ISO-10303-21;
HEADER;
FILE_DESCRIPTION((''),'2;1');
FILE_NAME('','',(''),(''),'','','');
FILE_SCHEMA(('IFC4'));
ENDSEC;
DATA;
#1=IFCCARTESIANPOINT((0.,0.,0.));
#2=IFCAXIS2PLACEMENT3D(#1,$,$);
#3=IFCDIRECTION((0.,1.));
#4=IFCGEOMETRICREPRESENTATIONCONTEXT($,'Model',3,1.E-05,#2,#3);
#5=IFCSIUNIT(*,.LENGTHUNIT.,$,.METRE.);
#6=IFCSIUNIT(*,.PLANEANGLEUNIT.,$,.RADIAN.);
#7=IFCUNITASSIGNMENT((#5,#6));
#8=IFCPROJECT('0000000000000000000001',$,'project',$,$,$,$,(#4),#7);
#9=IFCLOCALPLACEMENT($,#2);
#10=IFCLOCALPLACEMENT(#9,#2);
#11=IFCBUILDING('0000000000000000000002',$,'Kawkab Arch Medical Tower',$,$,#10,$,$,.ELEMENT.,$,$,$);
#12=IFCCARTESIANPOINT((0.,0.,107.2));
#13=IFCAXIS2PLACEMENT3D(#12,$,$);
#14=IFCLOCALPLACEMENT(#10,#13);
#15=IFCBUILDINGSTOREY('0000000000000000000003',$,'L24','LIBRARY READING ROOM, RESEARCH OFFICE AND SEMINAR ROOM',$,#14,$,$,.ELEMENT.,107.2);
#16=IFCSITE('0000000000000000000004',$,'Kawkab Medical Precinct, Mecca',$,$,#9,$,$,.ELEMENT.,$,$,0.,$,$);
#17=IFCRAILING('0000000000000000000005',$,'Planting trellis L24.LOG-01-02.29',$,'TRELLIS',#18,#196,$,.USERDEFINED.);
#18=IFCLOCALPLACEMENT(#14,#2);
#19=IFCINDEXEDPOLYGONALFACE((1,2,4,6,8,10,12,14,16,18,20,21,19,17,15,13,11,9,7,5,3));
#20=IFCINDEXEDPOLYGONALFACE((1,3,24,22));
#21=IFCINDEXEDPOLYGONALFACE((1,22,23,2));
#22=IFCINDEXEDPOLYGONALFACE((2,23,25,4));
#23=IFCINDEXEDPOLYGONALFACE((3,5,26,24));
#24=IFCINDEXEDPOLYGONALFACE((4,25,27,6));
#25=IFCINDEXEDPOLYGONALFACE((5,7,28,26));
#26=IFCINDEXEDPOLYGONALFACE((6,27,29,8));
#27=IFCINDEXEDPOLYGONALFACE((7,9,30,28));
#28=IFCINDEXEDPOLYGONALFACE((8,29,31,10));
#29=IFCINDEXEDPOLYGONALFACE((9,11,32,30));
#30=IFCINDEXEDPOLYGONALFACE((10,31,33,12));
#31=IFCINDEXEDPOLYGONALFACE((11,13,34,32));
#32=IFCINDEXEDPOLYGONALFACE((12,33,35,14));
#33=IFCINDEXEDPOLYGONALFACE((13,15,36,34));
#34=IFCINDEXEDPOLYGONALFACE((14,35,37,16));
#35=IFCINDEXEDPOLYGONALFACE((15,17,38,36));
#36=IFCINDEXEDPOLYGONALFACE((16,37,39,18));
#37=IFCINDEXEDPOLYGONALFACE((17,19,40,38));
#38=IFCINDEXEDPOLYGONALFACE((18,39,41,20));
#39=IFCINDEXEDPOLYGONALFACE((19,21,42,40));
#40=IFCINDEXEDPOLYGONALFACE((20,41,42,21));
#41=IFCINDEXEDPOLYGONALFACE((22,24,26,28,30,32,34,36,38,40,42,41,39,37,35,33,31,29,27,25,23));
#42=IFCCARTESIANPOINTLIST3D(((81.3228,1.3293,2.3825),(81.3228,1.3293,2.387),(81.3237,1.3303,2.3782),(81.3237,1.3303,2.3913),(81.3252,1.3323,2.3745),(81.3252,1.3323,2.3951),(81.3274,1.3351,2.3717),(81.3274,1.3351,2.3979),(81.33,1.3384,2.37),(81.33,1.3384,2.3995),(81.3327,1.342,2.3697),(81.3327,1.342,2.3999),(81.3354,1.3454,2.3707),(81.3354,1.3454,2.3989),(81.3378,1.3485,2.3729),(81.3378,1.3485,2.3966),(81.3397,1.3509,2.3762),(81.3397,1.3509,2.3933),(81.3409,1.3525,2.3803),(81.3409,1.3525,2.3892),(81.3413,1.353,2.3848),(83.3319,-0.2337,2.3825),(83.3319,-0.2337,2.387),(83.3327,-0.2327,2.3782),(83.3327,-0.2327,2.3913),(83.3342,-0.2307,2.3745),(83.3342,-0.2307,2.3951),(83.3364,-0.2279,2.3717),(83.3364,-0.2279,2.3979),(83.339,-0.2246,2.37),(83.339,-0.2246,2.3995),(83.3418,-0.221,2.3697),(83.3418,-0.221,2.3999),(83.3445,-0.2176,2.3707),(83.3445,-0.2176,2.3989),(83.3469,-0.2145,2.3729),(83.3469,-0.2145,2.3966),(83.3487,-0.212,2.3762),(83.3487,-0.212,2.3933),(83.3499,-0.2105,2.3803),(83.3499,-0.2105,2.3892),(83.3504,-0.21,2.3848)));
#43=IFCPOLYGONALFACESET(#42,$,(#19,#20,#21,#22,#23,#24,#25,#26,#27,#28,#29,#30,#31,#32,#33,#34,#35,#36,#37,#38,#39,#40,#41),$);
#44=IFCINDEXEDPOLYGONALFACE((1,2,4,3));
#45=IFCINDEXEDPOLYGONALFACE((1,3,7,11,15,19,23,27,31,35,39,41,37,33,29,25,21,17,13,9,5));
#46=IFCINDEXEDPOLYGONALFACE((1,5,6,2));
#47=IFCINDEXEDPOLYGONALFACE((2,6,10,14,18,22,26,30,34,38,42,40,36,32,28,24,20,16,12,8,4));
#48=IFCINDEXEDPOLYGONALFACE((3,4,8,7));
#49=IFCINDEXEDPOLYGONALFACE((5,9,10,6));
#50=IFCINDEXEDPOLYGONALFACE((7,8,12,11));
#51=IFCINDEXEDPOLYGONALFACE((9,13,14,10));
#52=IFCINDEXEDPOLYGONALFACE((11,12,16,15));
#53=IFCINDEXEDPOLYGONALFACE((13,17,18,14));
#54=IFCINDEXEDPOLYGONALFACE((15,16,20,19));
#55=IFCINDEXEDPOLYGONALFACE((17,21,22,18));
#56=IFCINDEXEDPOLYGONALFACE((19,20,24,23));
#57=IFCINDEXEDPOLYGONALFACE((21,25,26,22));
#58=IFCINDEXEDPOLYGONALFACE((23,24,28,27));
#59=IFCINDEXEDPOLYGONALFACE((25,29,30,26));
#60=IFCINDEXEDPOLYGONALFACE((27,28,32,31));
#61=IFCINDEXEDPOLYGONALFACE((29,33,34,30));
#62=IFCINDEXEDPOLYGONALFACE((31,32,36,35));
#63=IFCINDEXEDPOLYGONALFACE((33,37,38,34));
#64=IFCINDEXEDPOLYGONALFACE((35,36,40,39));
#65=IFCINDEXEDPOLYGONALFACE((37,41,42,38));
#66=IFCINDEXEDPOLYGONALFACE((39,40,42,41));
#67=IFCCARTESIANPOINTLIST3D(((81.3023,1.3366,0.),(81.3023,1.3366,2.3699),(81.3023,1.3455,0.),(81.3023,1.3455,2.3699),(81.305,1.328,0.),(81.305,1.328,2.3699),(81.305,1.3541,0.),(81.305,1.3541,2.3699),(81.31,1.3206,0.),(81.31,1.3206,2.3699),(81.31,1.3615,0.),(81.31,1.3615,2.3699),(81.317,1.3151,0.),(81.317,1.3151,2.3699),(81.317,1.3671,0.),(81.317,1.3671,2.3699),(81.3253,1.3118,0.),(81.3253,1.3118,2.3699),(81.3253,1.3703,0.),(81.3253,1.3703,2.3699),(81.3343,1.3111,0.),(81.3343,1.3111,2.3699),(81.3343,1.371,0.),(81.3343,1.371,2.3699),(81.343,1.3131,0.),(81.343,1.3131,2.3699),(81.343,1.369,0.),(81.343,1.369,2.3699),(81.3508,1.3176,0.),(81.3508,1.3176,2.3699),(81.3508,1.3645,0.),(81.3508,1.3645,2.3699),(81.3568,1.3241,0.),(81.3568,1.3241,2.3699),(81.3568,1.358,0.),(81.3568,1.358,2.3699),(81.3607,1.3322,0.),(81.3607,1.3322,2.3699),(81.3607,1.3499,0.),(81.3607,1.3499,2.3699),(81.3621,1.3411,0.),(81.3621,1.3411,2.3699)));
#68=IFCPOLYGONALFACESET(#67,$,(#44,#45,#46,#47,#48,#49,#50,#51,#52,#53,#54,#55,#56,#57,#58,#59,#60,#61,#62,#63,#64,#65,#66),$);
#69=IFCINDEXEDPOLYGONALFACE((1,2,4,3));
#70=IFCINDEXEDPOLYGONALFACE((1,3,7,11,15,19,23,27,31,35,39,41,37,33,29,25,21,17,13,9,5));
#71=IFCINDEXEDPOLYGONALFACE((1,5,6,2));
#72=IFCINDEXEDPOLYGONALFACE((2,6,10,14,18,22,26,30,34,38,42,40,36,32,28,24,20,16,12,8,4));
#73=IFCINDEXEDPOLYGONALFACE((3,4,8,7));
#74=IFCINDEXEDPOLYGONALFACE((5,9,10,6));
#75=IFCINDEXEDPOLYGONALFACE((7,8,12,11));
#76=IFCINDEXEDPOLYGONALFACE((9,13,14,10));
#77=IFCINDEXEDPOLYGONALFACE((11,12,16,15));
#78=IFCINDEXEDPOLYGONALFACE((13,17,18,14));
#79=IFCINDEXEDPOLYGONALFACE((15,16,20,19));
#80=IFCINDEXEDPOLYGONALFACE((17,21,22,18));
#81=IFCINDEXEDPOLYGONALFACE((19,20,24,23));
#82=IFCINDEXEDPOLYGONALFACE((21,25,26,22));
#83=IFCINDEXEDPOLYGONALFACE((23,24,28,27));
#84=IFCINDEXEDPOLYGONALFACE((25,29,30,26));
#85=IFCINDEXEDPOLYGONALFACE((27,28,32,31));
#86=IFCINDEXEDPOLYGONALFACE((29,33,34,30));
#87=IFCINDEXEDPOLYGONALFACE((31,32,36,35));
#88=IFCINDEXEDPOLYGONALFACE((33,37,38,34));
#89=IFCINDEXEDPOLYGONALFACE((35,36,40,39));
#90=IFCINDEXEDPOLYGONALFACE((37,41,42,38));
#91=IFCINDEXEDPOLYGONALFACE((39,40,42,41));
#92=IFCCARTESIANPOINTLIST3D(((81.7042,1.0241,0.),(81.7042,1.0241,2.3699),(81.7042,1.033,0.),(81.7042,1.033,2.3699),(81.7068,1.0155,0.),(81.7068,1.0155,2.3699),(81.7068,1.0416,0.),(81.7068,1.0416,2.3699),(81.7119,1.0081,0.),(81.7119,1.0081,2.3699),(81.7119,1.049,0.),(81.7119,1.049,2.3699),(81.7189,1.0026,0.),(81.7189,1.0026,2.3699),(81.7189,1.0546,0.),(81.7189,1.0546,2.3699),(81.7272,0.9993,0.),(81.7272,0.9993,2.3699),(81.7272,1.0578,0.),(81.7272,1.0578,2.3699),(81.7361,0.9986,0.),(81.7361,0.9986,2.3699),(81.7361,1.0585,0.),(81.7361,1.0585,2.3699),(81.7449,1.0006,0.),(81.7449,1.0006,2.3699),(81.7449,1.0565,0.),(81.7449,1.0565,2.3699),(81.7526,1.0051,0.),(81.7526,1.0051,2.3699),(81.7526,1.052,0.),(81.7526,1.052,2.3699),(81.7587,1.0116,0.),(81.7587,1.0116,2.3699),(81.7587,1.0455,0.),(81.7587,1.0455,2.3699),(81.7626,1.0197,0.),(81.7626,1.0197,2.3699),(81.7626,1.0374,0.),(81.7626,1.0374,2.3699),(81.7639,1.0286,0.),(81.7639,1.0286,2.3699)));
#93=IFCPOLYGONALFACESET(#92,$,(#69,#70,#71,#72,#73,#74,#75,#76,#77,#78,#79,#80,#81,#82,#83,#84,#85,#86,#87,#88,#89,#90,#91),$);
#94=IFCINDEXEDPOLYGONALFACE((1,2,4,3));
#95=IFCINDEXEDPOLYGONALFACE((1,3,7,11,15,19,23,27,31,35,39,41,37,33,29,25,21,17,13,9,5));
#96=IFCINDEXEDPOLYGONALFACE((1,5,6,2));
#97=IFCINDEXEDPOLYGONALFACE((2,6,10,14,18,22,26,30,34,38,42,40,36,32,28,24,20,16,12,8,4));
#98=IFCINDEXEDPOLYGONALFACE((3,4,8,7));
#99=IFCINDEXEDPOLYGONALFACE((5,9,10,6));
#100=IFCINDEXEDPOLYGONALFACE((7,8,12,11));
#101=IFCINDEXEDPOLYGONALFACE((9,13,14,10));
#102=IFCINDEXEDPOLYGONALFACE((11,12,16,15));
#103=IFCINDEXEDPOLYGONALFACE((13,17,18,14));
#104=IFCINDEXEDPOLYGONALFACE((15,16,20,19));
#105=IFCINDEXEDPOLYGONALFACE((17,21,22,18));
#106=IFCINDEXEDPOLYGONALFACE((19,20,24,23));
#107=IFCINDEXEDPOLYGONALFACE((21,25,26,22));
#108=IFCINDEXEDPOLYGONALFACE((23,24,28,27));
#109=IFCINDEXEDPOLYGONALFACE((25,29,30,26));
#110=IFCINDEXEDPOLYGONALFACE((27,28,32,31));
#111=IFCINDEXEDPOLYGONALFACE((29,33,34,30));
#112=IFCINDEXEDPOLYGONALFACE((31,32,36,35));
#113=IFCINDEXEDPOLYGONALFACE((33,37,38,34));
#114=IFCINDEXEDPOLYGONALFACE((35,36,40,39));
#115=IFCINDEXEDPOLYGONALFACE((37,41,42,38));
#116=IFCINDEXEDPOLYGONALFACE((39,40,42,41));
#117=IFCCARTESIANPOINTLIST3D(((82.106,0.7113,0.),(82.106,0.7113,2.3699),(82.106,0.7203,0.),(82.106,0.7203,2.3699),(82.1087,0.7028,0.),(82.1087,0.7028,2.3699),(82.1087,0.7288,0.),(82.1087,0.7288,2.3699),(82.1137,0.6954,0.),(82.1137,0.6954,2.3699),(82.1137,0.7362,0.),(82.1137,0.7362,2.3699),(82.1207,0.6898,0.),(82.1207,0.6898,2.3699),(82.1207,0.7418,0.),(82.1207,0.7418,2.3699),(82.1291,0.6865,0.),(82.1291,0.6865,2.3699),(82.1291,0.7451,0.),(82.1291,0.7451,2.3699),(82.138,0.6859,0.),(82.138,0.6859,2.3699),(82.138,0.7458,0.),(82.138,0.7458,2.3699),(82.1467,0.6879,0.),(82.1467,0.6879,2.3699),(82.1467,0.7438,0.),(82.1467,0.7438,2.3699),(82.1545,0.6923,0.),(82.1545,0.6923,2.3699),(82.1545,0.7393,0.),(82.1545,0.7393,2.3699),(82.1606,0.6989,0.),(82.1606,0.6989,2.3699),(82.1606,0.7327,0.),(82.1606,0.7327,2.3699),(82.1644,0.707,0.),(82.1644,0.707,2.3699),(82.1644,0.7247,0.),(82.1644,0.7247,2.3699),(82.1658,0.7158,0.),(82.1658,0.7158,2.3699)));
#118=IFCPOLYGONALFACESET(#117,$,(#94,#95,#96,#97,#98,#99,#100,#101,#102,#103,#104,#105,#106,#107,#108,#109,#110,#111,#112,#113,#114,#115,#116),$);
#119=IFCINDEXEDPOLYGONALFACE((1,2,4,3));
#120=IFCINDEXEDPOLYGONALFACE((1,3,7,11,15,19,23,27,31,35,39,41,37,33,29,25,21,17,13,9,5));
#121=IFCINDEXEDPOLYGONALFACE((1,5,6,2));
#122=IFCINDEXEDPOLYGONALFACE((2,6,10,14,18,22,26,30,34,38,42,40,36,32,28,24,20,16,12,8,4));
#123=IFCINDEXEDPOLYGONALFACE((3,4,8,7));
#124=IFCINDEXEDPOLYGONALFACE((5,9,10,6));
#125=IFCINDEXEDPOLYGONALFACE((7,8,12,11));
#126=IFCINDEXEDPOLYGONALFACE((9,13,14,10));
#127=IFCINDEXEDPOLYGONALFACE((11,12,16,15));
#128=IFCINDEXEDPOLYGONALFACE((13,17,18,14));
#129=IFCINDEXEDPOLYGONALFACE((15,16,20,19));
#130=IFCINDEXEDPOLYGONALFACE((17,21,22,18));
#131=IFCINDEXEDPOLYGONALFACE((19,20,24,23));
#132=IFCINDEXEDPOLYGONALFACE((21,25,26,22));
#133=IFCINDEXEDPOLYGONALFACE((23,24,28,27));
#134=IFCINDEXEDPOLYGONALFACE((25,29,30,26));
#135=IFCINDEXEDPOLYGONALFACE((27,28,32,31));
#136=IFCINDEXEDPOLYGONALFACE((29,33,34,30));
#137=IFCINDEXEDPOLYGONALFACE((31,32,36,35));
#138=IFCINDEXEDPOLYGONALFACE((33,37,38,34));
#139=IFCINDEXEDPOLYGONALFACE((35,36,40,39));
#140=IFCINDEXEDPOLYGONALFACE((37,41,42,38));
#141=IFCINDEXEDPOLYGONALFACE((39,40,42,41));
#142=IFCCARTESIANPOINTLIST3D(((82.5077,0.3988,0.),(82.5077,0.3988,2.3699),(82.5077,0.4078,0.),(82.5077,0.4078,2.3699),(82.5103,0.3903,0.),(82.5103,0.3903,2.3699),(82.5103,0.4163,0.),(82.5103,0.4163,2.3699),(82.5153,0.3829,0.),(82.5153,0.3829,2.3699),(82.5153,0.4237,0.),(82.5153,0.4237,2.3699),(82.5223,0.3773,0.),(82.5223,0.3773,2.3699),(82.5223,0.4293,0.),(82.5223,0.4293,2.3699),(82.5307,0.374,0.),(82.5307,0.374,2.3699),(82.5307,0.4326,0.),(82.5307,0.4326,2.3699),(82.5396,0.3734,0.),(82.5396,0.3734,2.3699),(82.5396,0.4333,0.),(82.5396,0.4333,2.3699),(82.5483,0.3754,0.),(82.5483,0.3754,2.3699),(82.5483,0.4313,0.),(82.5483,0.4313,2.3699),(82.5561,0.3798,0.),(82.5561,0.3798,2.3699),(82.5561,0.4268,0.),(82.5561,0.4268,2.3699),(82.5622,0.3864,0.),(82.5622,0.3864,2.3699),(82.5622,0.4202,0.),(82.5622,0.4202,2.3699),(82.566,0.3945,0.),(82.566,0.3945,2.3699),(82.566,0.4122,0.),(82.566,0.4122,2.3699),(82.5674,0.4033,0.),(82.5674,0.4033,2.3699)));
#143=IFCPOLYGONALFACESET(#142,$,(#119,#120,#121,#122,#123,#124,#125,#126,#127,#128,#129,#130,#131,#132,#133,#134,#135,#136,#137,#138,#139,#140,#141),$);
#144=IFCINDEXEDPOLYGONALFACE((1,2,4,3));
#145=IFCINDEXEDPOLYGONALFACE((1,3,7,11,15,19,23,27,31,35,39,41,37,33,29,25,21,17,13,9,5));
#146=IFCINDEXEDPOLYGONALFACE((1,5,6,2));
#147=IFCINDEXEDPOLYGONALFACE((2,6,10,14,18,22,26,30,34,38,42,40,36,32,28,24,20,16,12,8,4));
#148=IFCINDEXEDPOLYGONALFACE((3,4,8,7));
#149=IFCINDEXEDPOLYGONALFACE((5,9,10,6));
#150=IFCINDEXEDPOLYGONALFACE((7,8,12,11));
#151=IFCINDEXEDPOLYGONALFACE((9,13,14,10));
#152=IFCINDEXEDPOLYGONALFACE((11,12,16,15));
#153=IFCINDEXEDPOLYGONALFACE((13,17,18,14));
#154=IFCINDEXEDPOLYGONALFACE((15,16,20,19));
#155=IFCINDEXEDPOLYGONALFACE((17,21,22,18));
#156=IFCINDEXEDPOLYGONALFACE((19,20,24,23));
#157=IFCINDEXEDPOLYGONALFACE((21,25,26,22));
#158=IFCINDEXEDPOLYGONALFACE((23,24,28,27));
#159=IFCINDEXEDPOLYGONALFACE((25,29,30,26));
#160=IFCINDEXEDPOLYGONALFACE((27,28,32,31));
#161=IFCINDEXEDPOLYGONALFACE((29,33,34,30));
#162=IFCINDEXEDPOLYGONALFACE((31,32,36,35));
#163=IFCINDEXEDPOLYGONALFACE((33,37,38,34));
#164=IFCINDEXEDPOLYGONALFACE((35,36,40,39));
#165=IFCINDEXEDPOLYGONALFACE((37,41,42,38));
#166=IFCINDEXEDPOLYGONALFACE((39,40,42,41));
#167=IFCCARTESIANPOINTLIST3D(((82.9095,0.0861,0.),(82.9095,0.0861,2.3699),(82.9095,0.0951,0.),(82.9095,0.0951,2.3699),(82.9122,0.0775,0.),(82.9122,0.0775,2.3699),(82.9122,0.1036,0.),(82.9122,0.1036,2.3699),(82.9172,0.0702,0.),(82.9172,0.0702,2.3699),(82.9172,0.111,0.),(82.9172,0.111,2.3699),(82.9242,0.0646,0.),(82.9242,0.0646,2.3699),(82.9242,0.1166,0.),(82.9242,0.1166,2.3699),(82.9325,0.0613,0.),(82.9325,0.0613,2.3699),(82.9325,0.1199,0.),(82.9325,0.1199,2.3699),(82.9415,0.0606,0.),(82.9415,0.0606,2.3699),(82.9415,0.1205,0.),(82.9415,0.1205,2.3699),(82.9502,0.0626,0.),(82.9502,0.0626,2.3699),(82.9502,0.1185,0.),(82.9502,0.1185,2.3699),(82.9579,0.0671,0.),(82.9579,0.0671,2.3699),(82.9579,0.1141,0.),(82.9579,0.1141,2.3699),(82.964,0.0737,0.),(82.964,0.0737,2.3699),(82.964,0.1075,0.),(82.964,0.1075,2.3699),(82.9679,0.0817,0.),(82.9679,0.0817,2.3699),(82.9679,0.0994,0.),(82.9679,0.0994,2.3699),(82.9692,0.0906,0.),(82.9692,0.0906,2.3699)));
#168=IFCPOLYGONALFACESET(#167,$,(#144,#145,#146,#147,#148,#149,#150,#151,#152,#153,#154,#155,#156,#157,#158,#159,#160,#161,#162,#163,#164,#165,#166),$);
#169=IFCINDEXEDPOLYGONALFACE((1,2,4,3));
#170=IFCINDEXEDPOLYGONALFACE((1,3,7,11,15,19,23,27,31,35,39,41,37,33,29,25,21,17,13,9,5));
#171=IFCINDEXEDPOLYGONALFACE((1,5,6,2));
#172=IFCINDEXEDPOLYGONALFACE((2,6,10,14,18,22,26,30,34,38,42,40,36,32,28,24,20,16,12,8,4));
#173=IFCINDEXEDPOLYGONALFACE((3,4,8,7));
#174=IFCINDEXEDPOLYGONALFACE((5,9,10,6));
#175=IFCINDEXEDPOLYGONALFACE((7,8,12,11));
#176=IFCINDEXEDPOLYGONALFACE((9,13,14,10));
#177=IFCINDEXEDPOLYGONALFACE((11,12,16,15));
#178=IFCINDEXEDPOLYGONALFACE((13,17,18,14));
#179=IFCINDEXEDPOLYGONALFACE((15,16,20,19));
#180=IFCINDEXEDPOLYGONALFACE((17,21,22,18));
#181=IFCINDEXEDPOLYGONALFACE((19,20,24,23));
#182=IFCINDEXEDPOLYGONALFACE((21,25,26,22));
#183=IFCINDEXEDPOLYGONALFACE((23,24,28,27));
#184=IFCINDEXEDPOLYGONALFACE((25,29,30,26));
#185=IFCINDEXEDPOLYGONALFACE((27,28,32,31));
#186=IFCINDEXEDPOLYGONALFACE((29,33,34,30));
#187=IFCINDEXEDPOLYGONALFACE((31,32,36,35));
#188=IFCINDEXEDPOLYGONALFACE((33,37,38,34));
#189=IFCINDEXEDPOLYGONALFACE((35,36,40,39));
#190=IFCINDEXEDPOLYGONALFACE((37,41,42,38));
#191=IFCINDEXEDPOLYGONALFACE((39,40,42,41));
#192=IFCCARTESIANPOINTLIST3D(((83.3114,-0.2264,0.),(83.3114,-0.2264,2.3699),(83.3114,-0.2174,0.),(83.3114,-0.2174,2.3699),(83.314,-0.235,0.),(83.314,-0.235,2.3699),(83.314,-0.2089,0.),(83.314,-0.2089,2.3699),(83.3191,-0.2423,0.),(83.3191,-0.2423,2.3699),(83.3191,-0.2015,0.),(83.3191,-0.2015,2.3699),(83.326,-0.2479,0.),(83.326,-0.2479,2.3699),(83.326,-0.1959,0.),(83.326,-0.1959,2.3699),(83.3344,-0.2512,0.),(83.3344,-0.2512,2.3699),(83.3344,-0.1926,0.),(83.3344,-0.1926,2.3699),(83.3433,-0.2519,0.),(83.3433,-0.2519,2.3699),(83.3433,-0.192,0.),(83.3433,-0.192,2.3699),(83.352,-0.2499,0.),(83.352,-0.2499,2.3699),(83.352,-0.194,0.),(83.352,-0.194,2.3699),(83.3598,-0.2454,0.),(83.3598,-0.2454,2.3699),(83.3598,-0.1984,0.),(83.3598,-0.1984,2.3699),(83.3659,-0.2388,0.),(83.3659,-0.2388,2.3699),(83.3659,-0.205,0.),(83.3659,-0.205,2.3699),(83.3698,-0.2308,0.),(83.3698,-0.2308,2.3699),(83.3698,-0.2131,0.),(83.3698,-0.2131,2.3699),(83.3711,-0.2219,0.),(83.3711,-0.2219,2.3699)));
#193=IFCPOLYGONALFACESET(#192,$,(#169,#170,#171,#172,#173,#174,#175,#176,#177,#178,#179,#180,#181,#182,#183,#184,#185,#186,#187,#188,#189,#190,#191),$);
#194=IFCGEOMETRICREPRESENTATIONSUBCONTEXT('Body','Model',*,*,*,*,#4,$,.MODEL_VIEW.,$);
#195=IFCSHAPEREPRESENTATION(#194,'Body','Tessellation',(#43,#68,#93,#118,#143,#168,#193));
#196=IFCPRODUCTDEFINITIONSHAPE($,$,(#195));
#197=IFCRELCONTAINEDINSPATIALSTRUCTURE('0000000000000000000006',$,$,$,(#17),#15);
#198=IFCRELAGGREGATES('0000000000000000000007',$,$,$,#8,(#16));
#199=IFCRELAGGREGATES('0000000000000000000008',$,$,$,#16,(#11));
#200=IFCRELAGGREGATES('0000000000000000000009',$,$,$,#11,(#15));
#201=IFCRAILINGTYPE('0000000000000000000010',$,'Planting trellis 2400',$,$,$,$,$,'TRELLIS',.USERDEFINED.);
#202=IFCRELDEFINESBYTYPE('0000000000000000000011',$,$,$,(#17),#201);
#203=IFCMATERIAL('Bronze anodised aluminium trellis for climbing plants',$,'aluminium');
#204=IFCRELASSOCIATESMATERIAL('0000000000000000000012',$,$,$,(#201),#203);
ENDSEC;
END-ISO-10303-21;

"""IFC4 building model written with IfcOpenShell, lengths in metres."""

from ifc_helpers import new_model, si_unit, direction, frame, origin, origin_2d, place, context, subcontext, project, spatial, circle, extrude, material, type_object, element, save


model = new_model("IFC4")

# Units and contexts
model_context = context("Model", 3, precision=1e-05, world=origin(), true_north=direction((0.0, 1.0)))
body_context = subcontext(model_context, "Body", "Model", "MODEL_VIEW")
ifc_project = project(units=[si_unit("LENGTHUNIT", "METRE"), si_unit("PLANEANGLEUNIT", "RADIAN")], contexts=[model_context])

# Site, building, storey
site_placement = place(None, origin())
site = spatial("IfcSite", under=ifc_project, at=site_placement, Name="Kawkab Medical Precinct, Mecca", CompositionType="ELEMENT", RefElevation=0.0)
building_placement = place(site_placement, origin())
building = spatial("IfcBuilding", under=site, at=building_placement, Name="Kawkab Arch Medical Tower", CompositionType="ELEMENT")
storey_placement = place(building_placement, frame((0.0, 0.0, 107.2)))
storey = spatial("IfcBuildingStorey", under=building, at=storey_placement, Name="L24", Description="LIBRARY READING ROOM, RESEARCH OFFICE AND SEMINAR ROOM", CompositionType="ELEMENT", Elevation=107.2)

# Railing
ifc_material_1 = material(Name="Bronze anodised aluminium trellis for climbing plants", Category="aluminium")
railing_type = type_object("IfcRailingType", Name="Planting trellis 2400", ElementType="TRELLIS", PredefinedType="USERDEFINED", material=ifc_material_1)
railing_1_placement = place(storey_placement, frame((81.332, 1.3411, 0.0)))
element("IfcRailing", 1, at=railing_1_placement, inside=storey, type_object=railing_type, Name="Planting trellis L24.LOG-01-02.29", ObjectType="TRELLIS", PredefinedType="USERDEFINED", context=body_context, shape_type="SweptSolid", body=[
    extrude(circle(Radius=0.0151, at=origin_2d()), frame((0.0, 0.0, 2.3848), z_axis=(0.789275, -0.61404, 0.0), x_axis=(0.61404, 0.789275, 0.0)), (0.0, 0.0, 1.0), 2.5454),
    extrude(circle(Radius=0.03, at=origin_2d()), origin(), (0.0, 0.0, 1.0), 2.3699),
    extrude(circle(Radius=0.03, at=origin_2d()), frame((0.4019, -0.3125, 0.0)), (0.0, 0.0, 1.0), 2.3699),
    extrude(circle(Radius=0.03, at=origin_2d()), frame((0.8037, -0.6252, 0.0)), (0.0, 0.0, 1.0), 2.3699),
    extrude(circle(Radius=0.03, at=origin_2d()), frame((1.2053, -0.9377, 0.0)), (0.0, 0.0, 1.0), 2.3699),
    extrude(circle(Radius=0.03, at=origin_2d()), frame((1.6072, -1.2505, 0.0)), (0.0, 0.0, 1.0), 2.3699),
    extrude(circle(Radius=0.03, at=origin_2d()), frame((2.009, -1.563, 0.0)), (0.0, 0.0, 1.0), 2.3699),
])

save(model, "model.ifc")
